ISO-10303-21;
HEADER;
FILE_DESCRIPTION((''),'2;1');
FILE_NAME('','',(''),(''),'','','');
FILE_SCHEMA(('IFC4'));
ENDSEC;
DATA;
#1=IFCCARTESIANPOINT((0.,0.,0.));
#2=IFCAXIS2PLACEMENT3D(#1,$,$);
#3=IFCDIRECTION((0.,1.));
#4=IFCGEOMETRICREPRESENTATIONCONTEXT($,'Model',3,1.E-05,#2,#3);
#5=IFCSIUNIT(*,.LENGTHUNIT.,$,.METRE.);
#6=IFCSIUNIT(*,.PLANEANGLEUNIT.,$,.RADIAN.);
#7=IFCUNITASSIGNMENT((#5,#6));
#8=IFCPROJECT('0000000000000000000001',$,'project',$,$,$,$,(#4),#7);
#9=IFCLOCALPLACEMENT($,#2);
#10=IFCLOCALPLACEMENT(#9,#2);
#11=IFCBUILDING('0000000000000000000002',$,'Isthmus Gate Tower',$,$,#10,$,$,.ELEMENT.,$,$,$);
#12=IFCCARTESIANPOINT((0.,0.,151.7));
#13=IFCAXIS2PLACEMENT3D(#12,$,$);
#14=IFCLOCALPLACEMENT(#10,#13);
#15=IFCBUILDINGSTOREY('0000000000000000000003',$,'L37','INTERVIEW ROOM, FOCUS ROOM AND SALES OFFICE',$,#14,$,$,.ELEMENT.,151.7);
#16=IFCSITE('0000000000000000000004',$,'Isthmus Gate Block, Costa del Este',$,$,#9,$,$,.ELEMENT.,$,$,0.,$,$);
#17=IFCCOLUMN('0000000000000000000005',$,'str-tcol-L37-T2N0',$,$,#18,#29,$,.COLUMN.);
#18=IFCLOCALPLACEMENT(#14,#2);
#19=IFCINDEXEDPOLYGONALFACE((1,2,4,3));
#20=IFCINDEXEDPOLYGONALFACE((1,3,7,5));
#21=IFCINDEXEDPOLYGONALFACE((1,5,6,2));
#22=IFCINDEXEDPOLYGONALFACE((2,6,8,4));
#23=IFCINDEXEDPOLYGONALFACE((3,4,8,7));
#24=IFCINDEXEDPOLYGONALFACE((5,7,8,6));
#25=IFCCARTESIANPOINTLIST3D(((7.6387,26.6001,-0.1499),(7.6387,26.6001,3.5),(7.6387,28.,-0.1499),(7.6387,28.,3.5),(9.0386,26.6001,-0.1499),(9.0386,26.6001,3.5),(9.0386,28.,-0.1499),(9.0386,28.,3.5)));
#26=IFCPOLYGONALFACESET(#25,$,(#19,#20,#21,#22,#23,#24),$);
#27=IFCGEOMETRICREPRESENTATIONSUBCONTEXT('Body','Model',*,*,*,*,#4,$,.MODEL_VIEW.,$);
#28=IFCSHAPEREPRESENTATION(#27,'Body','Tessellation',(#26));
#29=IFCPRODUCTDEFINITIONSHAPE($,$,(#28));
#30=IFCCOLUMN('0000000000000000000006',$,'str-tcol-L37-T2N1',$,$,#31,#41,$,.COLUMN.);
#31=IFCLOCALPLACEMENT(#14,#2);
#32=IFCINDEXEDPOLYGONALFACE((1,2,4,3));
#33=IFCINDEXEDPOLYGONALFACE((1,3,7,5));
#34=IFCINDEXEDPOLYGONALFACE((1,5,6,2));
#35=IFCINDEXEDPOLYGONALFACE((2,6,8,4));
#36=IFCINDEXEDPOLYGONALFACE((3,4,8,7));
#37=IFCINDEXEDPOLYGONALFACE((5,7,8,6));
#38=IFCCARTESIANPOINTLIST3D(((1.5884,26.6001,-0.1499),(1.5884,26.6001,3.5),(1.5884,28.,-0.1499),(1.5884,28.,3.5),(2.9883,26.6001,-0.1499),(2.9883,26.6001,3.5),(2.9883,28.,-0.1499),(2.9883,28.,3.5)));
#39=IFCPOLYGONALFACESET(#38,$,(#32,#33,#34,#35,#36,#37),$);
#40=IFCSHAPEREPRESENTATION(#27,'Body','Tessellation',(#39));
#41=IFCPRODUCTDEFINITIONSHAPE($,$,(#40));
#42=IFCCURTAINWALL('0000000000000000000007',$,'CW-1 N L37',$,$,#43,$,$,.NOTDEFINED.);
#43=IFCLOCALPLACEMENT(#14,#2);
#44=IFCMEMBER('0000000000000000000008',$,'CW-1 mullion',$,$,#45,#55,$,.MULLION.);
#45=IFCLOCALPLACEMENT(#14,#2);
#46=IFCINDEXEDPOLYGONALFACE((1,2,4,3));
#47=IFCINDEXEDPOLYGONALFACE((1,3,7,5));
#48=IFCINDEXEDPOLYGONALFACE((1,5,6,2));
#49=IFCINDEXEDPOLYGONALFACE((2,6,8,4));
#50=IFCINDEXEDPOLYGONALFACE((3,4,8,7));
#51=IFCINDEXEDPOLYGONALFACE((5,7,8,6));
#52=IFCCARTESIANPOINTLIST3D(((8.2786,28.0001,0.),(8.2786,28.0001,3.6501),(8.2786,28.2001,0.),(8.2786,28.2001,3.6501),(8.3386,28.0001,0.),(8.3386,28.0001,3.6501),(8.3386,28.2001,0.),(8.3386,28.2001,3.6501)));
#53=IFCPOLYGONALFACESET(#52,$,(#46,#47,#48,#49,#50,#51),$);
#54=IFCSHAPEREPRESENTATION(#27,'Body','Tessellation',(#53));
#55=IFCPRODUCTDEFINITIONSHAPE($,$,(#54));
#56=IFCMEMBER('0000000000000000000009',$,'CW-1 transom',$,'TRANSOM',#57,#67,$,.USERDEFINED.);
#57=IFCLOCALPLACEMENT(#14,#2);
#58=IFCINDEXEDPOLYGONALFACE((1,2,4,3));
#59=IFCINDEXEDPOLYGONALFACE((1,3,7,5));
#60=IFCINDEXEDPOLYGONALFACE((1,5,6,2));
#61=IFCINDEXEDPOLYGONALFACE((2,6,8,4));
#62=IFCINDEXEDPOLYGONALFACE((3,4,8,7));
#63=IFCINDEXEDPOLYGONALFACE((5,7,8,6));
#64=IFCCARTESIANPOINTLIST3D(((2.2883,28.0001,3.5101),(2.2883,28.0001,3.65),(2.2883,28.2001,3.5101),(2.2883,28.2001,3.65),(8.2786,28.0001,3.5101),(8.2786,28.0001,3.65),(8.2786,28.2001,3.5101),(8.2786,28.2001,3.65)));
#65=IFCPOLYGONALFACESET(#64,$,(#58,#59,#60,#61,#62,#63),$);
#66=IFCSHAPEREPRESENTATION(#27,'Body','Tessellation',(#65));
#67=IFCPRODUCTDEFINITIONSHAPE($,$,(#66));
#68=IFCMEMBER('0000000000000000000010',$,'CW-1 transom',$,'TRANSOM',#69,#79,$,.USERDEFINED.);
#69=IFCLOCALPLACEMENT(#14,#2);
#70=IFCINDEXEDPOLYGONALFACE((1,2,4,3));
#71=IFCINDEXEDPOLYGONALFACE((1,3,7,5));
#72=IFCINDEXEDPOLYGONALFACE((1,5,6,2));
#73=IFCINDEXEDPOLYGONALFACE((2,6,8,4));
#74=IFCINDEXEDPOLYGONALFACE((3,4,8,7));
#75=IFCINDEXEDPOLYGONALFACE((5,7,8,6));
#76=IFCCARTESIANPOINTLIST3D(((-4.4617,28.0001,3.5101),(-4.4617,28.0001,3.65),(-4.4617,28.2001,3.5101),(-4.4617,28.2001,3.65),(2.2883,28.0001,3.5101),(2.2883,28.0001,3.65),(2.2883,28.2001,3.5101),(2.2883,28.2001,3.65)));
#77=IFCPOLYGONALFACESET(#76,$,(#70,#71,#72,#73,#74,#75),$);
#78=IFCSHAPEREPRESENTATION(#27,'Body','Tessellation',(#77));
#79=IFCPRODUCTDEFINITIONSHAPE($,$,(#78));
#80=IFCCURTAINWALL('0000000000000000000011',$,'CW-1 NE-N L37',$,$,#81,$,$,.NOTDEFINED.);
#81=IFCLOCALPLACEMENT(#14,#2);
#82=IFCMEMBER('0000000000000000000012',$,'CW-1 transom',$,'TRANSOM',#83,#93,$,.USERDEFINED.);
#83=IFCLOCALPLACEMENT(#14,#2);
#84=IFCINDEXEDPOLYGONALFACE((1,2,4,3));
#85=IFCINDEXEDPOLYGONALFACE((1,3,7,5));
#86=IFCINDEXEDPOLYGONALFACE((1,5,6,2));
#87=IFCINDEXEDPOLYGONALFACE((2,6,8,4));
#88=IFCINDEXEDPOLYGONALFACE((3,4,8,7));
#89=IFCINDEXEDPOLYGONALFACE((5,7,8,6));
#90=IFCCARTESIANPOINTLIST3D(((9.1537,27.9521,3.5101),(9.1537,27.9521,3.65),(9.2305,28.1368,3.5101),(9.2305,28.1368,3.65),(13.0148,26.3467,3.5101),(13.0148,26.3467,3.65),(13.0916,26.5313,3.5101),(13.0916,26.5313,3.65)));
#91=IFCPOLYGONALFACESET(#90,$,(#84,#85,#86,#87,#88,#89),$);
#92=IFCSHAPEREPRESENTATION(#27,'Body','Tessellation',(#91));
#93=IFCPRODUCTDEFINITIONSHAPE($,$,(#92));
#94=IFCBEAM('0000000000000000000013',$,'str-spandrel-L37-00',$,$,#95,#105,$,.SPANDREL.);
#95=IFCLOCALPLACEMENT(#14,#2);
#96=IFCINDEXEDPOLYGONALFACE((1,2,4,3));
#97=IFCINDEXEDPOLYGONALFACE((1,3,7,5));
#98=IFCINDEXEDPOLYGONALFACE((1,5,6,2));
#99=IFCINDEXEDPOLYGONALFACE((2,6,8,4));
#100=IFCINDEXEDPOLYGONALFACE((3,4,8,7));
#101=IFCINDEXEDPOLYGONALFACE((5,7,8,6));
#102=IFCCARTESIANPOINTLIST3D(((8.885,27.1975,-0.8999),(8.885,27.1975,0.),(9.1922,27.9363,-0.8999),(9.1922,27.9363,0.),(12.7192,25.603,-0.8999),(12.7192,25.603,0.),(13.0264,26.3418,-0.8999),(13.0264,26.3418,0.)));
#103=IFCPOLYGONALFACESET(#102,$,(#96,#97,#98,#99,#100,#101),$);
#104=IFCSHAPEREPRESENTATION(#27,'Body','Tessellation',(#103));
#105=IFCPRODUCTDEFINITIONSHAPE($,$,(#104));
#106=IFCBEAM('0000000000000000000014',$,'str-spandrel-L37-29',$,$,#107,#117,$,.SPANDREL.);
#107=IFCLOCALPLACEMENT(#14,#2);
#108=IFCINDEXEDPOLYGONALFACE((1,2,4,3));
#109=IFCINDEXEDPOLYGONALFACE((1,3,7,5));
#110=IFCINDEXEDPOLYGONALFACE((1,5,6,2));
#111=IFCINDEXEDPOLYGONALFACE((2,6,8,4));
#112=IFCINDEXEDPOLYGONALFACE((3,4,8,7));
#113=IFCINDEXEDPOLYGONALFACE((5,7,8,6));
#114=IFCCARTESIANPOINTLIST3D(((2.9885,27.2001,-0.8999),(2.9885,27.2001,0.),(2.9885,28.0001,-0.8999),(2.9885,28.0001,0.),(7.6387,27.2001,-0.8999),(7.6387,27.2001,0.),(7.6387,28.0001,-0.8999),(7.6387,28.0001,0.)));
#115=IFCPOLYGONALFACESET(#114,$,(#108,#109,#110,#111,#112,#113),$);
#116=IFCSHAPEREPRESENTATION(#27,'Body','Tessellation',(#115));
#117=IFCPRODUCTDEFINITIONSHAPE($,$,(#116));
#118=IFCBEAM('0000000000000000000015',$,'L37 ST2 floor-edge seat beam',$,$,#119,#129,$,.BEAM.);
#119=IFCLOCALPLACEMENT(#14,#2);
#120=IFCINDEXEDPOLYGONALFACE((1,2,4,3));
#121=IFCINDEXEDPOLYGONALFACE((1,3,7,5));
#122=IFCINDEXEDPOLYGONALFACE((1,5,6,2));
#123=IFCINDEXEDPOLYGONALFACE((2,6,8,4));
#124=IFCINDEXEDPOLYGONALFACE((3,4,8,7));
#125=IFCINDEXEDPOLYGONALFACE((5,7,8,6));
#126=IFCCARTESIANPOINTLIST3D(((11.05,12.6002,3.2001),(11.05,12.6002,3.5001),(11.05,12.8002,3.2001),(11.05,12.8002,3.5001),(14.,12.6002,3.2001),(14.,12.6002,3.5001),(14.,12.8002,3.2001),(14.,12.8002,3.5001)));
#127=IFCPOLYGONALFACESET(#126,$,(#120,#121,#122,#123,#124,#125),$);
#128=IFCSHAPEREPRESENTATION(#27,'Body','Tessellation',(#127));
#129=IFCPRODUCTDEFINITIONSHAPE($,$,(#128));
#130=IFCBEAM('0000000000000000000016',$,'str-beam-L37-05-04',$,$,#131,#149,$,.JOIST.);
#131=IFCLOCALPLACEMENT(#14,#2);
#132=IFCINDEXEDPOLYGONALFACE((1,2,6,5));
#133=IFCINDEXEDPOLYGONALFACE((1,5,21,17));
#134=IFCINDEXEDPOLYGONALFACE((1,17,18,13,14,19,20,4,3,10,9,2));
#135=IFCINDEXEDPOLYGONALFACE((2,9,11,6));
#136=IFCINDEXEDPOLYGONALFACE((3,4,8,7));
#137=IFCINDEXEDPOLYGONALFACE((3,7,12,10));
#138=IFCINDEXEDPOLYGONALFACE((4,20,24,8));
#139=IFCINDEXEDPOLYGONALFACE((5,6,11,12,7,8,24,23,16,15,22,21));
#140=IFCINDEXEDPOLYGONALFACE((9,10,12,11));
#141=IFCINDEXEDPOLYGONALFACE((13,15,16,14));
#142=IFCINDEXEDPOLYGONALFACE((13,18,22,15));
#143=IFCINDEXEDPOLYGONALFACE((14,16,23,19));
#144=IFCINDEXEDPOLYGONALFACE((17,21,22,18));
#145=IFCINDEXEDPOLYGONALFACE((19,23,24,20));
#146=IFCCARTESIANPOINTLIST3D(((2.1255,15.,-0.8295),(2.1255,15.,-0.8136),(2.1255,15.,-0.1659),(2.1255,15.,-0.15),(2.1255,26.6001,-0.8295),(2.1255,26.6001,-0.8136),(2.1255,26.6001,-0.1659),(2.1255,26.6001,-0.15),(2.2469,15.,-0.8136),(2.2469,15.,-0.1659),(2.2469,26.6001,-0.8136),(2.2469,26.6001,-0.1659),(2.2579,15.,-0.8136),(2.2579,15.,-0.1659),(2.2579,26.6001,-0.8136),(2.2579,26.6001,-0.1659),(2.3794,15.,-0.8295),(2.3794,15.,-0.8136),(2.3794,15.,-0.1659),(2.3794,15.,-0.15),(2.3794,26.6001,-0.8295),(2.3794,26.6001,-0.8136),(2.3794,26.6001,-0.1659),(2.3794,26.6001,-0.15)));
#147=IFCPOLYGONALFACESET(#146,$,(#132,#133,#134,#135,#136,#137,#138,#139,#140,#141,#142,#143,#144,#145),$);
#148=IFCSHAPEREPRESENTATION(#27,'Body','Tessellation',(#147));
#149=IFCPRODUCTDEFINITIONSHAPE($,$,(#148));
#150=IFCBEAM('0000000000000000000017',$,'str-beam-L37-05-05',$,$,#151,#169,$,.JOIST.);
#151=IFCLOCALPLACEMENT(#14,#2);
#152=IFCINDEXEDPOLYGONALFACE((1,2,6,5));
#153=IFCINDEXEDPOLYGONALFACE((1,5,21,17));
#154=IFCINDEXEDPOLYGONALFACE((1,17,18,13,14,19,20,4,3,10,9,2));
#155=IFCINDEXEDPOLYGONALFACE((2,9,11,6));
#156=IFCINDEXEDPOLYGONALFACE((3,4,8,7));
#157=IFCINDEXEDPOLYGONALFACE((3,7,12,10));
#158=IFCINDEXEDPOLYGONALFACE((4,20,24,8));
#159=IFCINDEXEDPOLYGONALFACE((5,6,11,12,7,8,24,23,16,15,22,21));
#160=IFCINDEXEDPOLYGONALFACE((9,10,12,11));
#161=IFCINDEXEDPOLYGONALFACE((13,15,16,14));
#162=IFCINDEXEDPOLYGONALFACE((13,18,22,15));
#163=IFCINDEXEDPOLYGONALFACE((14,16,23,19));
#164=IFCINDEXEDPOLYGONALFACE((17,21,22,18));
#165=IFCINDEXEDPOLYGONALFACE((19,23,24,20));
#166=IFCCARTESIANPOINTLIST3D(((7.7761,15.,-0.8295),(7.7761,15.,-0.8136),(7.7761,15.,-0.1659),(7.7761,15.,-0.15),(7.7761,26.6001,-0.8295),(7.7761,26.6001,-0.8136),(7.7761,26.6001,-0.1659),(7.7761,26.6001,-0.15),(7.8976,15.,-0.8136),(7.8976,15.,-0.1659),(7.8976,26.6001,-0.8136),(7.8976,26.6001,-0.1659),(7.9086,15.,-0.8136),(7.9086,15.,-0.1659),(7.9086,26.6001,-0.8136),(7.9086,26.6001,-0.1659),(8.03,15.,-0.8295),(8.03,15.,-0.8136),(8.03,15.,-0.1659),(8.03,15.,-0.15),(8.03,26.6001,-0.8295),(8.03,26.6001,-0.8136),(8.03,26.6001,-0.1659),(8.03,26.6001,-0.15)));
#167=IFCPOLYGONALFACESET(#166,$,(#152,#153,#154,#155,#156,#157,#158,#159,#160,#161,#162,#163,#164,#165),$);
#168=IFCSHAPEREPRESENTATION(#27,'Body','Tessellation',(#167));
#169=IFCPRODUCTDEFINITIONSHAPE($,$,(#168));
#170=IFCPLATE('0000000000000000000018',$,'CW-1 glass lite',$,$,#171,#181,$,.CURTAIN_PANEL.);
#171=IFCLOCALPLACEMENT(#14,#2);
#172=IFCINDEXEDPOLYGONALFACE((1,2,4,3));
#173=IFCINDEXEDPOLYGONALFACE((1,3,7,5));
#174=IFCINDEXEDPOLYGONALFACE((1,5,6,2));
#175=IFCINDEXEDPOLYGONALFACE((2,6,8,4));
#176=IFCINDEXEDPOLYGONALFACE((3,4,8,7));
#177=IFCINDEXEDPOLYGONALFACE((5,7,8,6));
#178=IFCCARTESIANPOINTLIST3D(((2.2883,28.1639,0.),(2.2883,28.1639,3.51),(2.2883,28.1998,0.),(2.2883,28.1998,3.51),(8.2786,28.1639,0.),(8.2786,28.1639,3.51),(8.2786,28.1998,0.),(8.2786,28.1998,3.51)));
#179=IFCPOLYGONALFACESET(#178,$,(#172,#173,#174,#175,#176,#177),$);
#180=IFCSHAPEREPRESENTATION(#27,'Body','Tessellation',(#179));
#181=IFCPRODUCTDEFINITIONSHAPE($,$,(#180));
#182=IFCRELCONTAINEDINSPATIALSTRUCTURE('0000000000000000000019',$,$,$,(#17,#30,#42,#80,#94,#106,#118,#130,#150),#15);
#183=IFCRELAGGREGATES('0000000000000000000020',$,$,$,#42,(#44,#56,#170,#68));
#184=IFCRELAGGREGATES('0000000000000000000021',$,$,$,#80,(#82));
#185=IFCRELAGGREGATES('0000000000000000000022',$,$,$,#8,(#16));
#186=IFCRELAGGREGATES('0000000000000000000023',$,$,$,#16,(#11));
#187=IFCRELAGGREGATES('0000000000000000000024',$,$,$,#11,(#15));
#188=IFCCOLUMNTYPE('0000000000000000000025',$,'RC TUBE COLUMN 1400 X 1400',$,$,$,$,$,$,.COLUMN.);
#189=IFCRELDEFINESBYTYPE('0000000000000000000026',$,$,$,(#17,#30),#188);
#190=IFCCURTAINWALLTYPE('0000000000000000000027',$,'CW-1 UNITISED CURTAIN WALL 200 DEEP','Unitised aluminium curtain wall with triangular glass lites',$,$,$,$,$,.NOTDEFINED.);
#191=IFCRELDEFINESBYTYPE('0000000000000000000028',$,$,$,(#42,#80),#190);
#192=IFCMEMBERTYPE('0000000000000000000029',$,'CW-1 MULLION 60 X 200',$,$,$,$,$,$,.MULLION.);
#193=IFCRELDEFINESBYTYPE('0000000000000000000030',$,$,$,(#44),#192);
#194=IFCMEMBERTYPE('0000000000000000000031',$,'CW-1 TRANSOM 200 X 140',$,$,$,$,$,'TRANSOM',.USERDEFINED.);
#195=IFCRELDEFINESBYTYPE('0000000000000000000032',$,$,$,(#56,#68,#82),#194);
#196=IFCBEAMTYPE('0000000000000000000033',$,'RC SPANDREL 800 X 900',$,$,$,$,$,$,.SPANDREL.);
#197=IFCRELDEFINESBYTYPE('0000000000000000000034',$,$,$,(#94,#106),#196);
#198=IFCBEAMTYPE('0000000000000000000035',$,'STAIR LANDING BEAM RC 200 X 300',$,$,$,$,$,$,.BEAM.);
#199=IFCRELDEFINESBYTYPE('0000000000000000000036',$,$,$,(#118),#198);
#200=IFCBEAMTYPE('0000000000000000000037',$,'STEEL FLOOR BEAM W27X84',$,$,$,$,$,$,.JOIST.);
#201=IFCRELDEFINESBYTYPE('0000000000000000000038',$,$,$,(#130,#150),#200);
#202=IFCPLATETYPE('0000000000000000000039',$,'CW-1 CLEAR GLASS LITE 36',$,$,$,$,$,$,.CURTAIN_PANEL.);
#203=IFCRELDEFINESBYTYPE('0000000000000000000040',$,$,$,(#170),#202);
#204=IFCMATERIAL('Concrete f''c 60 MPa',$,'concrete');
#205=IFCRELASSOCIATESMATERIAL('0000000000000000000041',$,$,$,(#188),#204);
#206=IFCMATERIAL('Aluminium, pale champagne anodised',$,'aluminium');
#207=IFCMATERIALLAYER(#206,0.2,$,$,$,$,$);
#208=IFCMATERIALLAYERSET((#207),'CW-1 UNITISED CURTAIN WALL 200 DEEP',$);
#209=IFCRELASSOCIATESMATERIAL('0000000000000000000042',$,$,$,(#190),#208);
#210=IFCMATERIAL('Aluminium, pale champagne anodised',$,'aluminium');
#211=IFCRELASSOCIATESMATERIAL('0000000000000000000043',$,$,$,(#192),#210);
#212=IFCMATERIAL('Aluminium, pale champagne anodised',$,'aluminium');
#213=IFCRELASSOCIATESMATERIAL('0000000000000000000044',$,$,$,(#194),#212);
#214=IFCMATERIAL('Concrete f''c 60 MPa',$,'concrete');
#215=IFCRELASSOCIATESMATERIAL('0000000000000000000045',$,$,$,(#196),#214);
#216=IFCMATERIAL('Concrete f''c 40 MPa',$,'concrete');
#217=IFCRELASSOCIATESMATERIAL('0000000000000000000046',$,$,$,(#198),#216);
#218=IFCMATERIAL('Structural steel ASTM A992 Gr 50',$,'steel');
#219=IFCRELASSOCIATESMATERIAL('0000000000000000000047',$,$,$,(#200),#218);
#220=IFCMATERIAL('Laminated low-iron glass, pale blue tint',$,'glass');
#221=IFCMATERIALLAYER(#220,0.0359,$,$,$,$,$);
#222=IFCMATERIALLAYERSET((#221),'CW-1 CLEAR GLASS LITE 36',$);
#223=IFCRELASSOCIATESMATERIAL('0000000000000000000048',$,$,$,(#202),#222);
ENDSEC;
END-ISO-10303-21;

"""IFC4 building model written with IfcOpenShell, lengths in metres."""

from ifc_helpers import new_model, si_unit, direction, frame, origin, origin_2d, place, context, subcontext, project, spatial, rectangle, i_section, extrude, material, layer, layer_set, material_profile, profile_set, type_object, element, aggregate, save


model = new_model("IFC4")

# Units and contexts
model_context = context("Model", 3, precision=1e-05, world=origin(), true_north=direction((0.0, 1.0)))
body_context = subcontext(model_context, "Body", "Model", "MODEL_VIEW")
ifc_project = project(units=[si_unit("LENGTHUNIT", "METRE"), si_unit("PLANEANGLEUNIT", "RADIAN")], contexts=[model_context])

# Site, building, storey
site_placement = place(None, origin())
site = spatial("IfcSite", under=ifc_project, at=site_placement, Name="Isthmus Gate Block, Costa del Este", CompositionType="ELEMENT", RefElevation=0.0)
building_placement = place(site_placement, origin())
building = spatial("IfcBuilding", under=site, at=building_placement, Name="Isthmus Gate Tower", CompositionType="ELEMENT")
storey_placement = place(building_placement, frame((0.0, 0.0, 151.7)))
storey = spatial("IfcBuildingStorey", under=building, at=storey_placement, Name="L37", Description="INTERVIEW ROOM, FOCUS ROOM AND SALES OFFICE", CompositionType="ELEMENT", Elevation=151.7)

# Columns
ifc_material_1 = material(Name="Concrete f'c 60 MPa", Category="concrete")
ifc_material_profile_1 = material_profile(ifc_material_1, rectangle(XDim=1.3999, YDim=1.3999, at=origin_2d()), Name="RC 1400X1400")
ifc_profile_set_1 = profile_set([ifc_material_profile_1], Name="Concrete f'c 60 MPa")
column_type = type_object("IfcColumnType", Name="RC TUBE COLUMN 1400 X 1400", PredefinedType="COLUMN", material=ifc_profile_set_1)
for number, where, z_axis, x_axis, name in (
    (1, (8.3386, 27.3, -0.1499), (0.0, 0.0, 1.0), (-1.0, 0.0, 0.0), "str-tcol-L37-T2N0"),
    (2, (2.2883, 27.3, -0.1499), (0.0, 0.0, 1.0), (-1.0, 0.0, 0.0), "str-tcol-L37-T2N1"),
):
    element("IfcColumn", number, at=place(storey_placement, frame(where, z_axis=z_axis, x_axis=x_axis)), inside=storey, type_object=column_type, Name=name, PredefinedType="COLUMN", context=body_context, shape_type="SweptSolid", body=[
        extrude(rectangle(XDim=1.3999, YDim=1.3999, at=origin_2d()), origin(), (0.0, 0.0, 1.0), 3.6499),
    ])

# Curtain wall, members
ifc_material_2 = material(Name="Aluminium, pale champagne anodised", Category="aluminium")
ifc_layer_1 = layer(ifc_material_2, 0.2)
ifc_layer_set_1 = layer_set([ifc_layer_1], Name="CW-1 UNITISED CURTAIN WALL 200 DEEP")
curtain_wall_type = type_object("IfcCurtainWallType", Name="CW-1 UNITISED CURTAIN WALL 200 DEEP", Description="Unitised aluminium curtain wall with triangular glass lites", PredefinedType="NOTDEFINED", material=ifc_layer_set_1)
curtain_wall_1_placement = place(storey_placement, origin())
curtain_wall_1 = element("IfcCurtainWall", 3, at=curtain_wall_1_placement, inside=storey, type_object=curtain_wall_type, Name="CW-1 N L37", PredefinedType="NOTDEFINED")
ifc_material_3 = material(Name="Aluminium, pale champagne anodised", Category="aluminium")
ifc_material_profile_2 = material_profile(ifc_material_3, rectangle(XDim=0.0601, YDim=0.2, at=origin_2d()), Name="60x200")
ifc_profile_set_2 = profile_set([ifc_material_profile_2], Name="Aluminium, pale champagne anodised")
member_type_1 = type_object("IfcMemberType", Name="CW-1 MULLION 60 X 200", PredefinedType="MULLION", material=ifc_profile_set_2)
member_1_placement = place(storey_placement, frame((8.3086, 28.1001, 0.0), z_axis=(0.0, 0.0, 1.0), x_axis=(-1.0, 0.0, 0.0)))
member_1 = element("IfcMember", 4, at=member_1_placement, type_object=member_type_1, Name="CW-1 mullion", PredefinedType="MULLION", context=body_context, shape_type="SweptSolid", body=[
    extrude(rectangle(XDim=0.0601, YDim=0.2, at=origin_2d()), origin(), (0.0, 0.0, 1.0), 3.6501),
])
ifc_material_4 = material(Name="Aluminium, pale champagne anodised", Category="aluminium")
ifc_material_profile_3 = material_profile(ifc_material_4, rectangle(XDim=0.2, YDim=0.1399, at=origin_2d()), Name="200x140")
ifc_profile_set_3 = profile_set([ifc_material_profile_3], Name="Aluminium, pale champagne anodised")
member_type_2 = type_object("IfcMemberType", Name="CW-1 TRANSOM 200 X 140", ElementType="TRANSOM", PredefinedType="USERDEFINED", material=ifc_profile_set_3)
member_2_placement = place(storey_placement, frame((8.2786, 28.1001, 3.5801), z_axis=(-1.0, 0.0, 0.0), x_axis=(0.0, -1.0, 0.0)))
member_2 = element("IfcMember", 5, at=member_2_placement, type_object=member_type_2, Name="CW-1 transom", ObjectType="TRANSOM", PredefinedType="USERDEFINED", context=body_context, shape_type="SweptSolid", body=[
    extrude(rectangle(XDim=0.2, YDim=0.1399, at=origin_2d()), origin(), (0.0, 0.0, 1.0), 5.9902),
])
member_3_placement = place(storey_placement, frame((2.2883, 28.1001, 3.5801), z_axis=(-1.0, 0.0, 0.0), x_axis=(0.0, -1.0, 0.0)))
member_3 = element("IfcMember", 6, at=member_3_placement, type_object=member_type_2, Name="CW-1 transom", ObjectType="TRANSOM", PredefinedType="USERDEFINED", context=body_context, shape_type="SweptSolid", body=[
    extrude(rectangle(XDim=0.2, YDim=0.1399, at=origin_2d()), origin(), (0.0, 0.0, 1.0), 6.75),
])

# Curtain wall, member
curtain_wall_2_placement = place(storey_placement, origin())
curtain_wall_2 = element("IfcCurtainWall", 7, at=curtain_wall_2_placement, inside=storey, type_object=curtain_wall_type, Name="CW-1 NE-N L37", PredefinedType="NOTDEFINED")
member_4_placement = place(storey_placement, frame((13.0532, 26.439, 3.5801), z_axis=(-0.923358, 0.38394, 0.0), x_axis=(-0.38394, -0.923358, 0.0)))
member_4 = element("IfcMember", 8, at=member_4_placement, type_object=member_type_2, Name="CW-1 transom", ObjectType="TRANSOM", PredefinedType="USERDEFINED", context=body_context, shape_type="SweptSolid", body=[
    extrude(rectangle(XDim=0.2, YDim=0.1399, at=origin_2d()), origin(), (0.0, 0.0, 1.0), 4.1816),
])

# Beams
ifc_material_5 = material(Name="Concrete f'c 60 MPa", Category="concrete")
ifc_material_profile_4 = material_profile(ifc_material_5, rectangle(XDim=0.8, YDim=0.8999, at=origin_2d()), Name="RC 800X900")
ifc_profile_set_4 = profile_set([ifc_material_profile_4], Name="Concrete f'c 60 MPa")
beam_type_1 = type_object("IfcBeamType", Name="RC SPANDREL 800 X 900", PredefinedType="SPANDREL", material=ifc_profile_set_4)
beam_1_placement = place(storey_placement, frame((9.0386, 27.5669, -0.45), z_axis=(0.923343, -0.383977, 0.0), x_axis=(0.383977, 0.923343, 0.0)))
element("IfcBeam", 9, at=beam_1_placement, inside=storey, type_object=beam_type_1, Name="str-spandrel-L37-00", PredefinedType="SPANDREL", context=body_context, shape_type="SweptSolid", body=[
    extrude(rectangle(XDim=0.8, YDim=0.8999, at=origin_2d()), origin(), (0.0, 0.0, 1.0), 4.1526),
])
beam_2_placement = place(storey_placement, frame((2.9885, 27.6001, -0.45), z_axis=(1.0, 0.0, 0.0), x_axis=(0.0, 1.0, 0.0)))
element("IfcBeam", 10, at=beam_2_placement, inside=storey, type_object=beam_type_1, Name="str-spandrel-L37-29", PredefinedType="SPANDREL", context=body_context, shape_type="SweptSolid", body=[
    extrude(rectangle(XDim=0.8, YDim=0.8999, at=origin_2d()), origin(), (0.0, 0.0, 1.0), 4.6501),
])
ifc_material_6 = material(Name="Concrete f'c 40 MPa", Category="concrete")
ifc_material_profile_5 = material_profile(ifc_material_6, rectangle(XDim=0.2, YDim=0.3, at=origin_2d()), Name="STAIR LANDING BEAM RC 200 X 300")
ifc_profile_set_5 = profile_set([ifc_material_profile_5], Name="Concrete f'c 40 MPa")
beam_type_2 = type_object("IfcBeamType", Name="STAIR LANDING BEAM RC 200 X 300", PredefinedType="BEAM", material=ifc_profile_set_5)
beam_3_placement = place(storey_placement, frame((11.05, 12.7002, 3.3501), z_axis=(1.0, 0.0, 0.0), x_axis=(0.0, 1.0, 0.0)))
element("IfcBeam", 11, at=beam_3_placement, inside=storey, type_object=beam_type_2, Name="L37 ST2 floor-edge seat beam", PredefinedType="BEAM", context=body_context, shape_type="SweptSolid", body=[
    extrude(rectangle(XDim=0.2, YDim=0.3, at=origin_2d()), origin(), (0.0, 0.0, 1.0), 2.95),
])
ifc_material_7 = material(Name="Structural steel ASTM A992 Gr 50", Category="steel")
ifc_material_profile_6 = material_profile(ifc_material_7, i_section(OverallWidth=0.2539, OverallDepth=0.6794, WebThickness=0.011, FlangeThickness=0.0159, at=origin_2d()), Name="W27X84")
ifc_profile_set_6 = profile_set([ifc_material_profile_6], Name="Structural steel ASTM A992 Gr 50")
beam_type_3 = type_object("IfcBeamType", Name="STEEL FLOOR BEAM W27X84", PredefinedType="JOIST", material=ifc_profile_set_6)
for number, where, z_axis, x_axis, name in (
    (12, (2.2524, 15.0, -0.4897), (0.0, 1.0, 0.0), (-1.0, 0.0, 0.0), "str-beam-L37-05-04"),
    (13, (7.9031, 15.0, -0.4897), (0.0, 1.0, 0.0), (-1.0, 0.0, 0.0), "str-beam-L37-05-05"),
):
    element("IfcBeam", number, at=place(storey_placement, frame(where, z_axis=z_axis, x_axis=x_axis)), inside=storey, type_object=beam_type_3, Name=name, PredefinedType="JOIST", context=body_context, shape_type="SweptSolid", body=[
        extrude(i_section(OverallWidth=0.2539, OverallDepth=0.6794, WebThickness=0.011, FlangeThickness=0.0159, at=origin_2d()), origin(), (0.0, 0.0, 1.0), 11.6001),
    ])

# Plate
ifc_material_8 = material(Name="Laminated low-iron glass, pale blue tint", Category="glass")
ifc_layer_2 = layer(ifc_material_8, 0.0359)
ifc_layer_set_2 = layer_set([ifc_layer_2], Name="CW-1 CLEAR GLASS LITE 36")
plate_type = type_object("IfcPlateType", Name="CW-1 CLEAR GLASS LITE 36", PredefinedType="CURTAIN_PANEL", material=ifc_layer_set_2)
plate_1_placement = place(storey_placement, frame((5.2834, 28.1819, 0.0), z_axis=(0.0, 0.0, 1.0), x_axis=(-1.0, 0.0, 0.0)))
plate_1 = element("IfcPlate", 14, at=plate_1_placement, type_object=plate_type, Name="CW-1 glass lite", PredefinedType="CURTAIN_PANEL", context=body_context, shape_type="SweptSolid", body=[
    extrude(rectangle(XDim=5.9902, YDim=0.0359, at=origin_2d()), origin(), (0.0, 0.0, 1.0), 3.51),
])
aggregate(curtain_wall_1, [member_1, member_2, plate_1, member_3])
aggregate(curtain_wall_2, [member_4])

save(model, "model.ifc")
